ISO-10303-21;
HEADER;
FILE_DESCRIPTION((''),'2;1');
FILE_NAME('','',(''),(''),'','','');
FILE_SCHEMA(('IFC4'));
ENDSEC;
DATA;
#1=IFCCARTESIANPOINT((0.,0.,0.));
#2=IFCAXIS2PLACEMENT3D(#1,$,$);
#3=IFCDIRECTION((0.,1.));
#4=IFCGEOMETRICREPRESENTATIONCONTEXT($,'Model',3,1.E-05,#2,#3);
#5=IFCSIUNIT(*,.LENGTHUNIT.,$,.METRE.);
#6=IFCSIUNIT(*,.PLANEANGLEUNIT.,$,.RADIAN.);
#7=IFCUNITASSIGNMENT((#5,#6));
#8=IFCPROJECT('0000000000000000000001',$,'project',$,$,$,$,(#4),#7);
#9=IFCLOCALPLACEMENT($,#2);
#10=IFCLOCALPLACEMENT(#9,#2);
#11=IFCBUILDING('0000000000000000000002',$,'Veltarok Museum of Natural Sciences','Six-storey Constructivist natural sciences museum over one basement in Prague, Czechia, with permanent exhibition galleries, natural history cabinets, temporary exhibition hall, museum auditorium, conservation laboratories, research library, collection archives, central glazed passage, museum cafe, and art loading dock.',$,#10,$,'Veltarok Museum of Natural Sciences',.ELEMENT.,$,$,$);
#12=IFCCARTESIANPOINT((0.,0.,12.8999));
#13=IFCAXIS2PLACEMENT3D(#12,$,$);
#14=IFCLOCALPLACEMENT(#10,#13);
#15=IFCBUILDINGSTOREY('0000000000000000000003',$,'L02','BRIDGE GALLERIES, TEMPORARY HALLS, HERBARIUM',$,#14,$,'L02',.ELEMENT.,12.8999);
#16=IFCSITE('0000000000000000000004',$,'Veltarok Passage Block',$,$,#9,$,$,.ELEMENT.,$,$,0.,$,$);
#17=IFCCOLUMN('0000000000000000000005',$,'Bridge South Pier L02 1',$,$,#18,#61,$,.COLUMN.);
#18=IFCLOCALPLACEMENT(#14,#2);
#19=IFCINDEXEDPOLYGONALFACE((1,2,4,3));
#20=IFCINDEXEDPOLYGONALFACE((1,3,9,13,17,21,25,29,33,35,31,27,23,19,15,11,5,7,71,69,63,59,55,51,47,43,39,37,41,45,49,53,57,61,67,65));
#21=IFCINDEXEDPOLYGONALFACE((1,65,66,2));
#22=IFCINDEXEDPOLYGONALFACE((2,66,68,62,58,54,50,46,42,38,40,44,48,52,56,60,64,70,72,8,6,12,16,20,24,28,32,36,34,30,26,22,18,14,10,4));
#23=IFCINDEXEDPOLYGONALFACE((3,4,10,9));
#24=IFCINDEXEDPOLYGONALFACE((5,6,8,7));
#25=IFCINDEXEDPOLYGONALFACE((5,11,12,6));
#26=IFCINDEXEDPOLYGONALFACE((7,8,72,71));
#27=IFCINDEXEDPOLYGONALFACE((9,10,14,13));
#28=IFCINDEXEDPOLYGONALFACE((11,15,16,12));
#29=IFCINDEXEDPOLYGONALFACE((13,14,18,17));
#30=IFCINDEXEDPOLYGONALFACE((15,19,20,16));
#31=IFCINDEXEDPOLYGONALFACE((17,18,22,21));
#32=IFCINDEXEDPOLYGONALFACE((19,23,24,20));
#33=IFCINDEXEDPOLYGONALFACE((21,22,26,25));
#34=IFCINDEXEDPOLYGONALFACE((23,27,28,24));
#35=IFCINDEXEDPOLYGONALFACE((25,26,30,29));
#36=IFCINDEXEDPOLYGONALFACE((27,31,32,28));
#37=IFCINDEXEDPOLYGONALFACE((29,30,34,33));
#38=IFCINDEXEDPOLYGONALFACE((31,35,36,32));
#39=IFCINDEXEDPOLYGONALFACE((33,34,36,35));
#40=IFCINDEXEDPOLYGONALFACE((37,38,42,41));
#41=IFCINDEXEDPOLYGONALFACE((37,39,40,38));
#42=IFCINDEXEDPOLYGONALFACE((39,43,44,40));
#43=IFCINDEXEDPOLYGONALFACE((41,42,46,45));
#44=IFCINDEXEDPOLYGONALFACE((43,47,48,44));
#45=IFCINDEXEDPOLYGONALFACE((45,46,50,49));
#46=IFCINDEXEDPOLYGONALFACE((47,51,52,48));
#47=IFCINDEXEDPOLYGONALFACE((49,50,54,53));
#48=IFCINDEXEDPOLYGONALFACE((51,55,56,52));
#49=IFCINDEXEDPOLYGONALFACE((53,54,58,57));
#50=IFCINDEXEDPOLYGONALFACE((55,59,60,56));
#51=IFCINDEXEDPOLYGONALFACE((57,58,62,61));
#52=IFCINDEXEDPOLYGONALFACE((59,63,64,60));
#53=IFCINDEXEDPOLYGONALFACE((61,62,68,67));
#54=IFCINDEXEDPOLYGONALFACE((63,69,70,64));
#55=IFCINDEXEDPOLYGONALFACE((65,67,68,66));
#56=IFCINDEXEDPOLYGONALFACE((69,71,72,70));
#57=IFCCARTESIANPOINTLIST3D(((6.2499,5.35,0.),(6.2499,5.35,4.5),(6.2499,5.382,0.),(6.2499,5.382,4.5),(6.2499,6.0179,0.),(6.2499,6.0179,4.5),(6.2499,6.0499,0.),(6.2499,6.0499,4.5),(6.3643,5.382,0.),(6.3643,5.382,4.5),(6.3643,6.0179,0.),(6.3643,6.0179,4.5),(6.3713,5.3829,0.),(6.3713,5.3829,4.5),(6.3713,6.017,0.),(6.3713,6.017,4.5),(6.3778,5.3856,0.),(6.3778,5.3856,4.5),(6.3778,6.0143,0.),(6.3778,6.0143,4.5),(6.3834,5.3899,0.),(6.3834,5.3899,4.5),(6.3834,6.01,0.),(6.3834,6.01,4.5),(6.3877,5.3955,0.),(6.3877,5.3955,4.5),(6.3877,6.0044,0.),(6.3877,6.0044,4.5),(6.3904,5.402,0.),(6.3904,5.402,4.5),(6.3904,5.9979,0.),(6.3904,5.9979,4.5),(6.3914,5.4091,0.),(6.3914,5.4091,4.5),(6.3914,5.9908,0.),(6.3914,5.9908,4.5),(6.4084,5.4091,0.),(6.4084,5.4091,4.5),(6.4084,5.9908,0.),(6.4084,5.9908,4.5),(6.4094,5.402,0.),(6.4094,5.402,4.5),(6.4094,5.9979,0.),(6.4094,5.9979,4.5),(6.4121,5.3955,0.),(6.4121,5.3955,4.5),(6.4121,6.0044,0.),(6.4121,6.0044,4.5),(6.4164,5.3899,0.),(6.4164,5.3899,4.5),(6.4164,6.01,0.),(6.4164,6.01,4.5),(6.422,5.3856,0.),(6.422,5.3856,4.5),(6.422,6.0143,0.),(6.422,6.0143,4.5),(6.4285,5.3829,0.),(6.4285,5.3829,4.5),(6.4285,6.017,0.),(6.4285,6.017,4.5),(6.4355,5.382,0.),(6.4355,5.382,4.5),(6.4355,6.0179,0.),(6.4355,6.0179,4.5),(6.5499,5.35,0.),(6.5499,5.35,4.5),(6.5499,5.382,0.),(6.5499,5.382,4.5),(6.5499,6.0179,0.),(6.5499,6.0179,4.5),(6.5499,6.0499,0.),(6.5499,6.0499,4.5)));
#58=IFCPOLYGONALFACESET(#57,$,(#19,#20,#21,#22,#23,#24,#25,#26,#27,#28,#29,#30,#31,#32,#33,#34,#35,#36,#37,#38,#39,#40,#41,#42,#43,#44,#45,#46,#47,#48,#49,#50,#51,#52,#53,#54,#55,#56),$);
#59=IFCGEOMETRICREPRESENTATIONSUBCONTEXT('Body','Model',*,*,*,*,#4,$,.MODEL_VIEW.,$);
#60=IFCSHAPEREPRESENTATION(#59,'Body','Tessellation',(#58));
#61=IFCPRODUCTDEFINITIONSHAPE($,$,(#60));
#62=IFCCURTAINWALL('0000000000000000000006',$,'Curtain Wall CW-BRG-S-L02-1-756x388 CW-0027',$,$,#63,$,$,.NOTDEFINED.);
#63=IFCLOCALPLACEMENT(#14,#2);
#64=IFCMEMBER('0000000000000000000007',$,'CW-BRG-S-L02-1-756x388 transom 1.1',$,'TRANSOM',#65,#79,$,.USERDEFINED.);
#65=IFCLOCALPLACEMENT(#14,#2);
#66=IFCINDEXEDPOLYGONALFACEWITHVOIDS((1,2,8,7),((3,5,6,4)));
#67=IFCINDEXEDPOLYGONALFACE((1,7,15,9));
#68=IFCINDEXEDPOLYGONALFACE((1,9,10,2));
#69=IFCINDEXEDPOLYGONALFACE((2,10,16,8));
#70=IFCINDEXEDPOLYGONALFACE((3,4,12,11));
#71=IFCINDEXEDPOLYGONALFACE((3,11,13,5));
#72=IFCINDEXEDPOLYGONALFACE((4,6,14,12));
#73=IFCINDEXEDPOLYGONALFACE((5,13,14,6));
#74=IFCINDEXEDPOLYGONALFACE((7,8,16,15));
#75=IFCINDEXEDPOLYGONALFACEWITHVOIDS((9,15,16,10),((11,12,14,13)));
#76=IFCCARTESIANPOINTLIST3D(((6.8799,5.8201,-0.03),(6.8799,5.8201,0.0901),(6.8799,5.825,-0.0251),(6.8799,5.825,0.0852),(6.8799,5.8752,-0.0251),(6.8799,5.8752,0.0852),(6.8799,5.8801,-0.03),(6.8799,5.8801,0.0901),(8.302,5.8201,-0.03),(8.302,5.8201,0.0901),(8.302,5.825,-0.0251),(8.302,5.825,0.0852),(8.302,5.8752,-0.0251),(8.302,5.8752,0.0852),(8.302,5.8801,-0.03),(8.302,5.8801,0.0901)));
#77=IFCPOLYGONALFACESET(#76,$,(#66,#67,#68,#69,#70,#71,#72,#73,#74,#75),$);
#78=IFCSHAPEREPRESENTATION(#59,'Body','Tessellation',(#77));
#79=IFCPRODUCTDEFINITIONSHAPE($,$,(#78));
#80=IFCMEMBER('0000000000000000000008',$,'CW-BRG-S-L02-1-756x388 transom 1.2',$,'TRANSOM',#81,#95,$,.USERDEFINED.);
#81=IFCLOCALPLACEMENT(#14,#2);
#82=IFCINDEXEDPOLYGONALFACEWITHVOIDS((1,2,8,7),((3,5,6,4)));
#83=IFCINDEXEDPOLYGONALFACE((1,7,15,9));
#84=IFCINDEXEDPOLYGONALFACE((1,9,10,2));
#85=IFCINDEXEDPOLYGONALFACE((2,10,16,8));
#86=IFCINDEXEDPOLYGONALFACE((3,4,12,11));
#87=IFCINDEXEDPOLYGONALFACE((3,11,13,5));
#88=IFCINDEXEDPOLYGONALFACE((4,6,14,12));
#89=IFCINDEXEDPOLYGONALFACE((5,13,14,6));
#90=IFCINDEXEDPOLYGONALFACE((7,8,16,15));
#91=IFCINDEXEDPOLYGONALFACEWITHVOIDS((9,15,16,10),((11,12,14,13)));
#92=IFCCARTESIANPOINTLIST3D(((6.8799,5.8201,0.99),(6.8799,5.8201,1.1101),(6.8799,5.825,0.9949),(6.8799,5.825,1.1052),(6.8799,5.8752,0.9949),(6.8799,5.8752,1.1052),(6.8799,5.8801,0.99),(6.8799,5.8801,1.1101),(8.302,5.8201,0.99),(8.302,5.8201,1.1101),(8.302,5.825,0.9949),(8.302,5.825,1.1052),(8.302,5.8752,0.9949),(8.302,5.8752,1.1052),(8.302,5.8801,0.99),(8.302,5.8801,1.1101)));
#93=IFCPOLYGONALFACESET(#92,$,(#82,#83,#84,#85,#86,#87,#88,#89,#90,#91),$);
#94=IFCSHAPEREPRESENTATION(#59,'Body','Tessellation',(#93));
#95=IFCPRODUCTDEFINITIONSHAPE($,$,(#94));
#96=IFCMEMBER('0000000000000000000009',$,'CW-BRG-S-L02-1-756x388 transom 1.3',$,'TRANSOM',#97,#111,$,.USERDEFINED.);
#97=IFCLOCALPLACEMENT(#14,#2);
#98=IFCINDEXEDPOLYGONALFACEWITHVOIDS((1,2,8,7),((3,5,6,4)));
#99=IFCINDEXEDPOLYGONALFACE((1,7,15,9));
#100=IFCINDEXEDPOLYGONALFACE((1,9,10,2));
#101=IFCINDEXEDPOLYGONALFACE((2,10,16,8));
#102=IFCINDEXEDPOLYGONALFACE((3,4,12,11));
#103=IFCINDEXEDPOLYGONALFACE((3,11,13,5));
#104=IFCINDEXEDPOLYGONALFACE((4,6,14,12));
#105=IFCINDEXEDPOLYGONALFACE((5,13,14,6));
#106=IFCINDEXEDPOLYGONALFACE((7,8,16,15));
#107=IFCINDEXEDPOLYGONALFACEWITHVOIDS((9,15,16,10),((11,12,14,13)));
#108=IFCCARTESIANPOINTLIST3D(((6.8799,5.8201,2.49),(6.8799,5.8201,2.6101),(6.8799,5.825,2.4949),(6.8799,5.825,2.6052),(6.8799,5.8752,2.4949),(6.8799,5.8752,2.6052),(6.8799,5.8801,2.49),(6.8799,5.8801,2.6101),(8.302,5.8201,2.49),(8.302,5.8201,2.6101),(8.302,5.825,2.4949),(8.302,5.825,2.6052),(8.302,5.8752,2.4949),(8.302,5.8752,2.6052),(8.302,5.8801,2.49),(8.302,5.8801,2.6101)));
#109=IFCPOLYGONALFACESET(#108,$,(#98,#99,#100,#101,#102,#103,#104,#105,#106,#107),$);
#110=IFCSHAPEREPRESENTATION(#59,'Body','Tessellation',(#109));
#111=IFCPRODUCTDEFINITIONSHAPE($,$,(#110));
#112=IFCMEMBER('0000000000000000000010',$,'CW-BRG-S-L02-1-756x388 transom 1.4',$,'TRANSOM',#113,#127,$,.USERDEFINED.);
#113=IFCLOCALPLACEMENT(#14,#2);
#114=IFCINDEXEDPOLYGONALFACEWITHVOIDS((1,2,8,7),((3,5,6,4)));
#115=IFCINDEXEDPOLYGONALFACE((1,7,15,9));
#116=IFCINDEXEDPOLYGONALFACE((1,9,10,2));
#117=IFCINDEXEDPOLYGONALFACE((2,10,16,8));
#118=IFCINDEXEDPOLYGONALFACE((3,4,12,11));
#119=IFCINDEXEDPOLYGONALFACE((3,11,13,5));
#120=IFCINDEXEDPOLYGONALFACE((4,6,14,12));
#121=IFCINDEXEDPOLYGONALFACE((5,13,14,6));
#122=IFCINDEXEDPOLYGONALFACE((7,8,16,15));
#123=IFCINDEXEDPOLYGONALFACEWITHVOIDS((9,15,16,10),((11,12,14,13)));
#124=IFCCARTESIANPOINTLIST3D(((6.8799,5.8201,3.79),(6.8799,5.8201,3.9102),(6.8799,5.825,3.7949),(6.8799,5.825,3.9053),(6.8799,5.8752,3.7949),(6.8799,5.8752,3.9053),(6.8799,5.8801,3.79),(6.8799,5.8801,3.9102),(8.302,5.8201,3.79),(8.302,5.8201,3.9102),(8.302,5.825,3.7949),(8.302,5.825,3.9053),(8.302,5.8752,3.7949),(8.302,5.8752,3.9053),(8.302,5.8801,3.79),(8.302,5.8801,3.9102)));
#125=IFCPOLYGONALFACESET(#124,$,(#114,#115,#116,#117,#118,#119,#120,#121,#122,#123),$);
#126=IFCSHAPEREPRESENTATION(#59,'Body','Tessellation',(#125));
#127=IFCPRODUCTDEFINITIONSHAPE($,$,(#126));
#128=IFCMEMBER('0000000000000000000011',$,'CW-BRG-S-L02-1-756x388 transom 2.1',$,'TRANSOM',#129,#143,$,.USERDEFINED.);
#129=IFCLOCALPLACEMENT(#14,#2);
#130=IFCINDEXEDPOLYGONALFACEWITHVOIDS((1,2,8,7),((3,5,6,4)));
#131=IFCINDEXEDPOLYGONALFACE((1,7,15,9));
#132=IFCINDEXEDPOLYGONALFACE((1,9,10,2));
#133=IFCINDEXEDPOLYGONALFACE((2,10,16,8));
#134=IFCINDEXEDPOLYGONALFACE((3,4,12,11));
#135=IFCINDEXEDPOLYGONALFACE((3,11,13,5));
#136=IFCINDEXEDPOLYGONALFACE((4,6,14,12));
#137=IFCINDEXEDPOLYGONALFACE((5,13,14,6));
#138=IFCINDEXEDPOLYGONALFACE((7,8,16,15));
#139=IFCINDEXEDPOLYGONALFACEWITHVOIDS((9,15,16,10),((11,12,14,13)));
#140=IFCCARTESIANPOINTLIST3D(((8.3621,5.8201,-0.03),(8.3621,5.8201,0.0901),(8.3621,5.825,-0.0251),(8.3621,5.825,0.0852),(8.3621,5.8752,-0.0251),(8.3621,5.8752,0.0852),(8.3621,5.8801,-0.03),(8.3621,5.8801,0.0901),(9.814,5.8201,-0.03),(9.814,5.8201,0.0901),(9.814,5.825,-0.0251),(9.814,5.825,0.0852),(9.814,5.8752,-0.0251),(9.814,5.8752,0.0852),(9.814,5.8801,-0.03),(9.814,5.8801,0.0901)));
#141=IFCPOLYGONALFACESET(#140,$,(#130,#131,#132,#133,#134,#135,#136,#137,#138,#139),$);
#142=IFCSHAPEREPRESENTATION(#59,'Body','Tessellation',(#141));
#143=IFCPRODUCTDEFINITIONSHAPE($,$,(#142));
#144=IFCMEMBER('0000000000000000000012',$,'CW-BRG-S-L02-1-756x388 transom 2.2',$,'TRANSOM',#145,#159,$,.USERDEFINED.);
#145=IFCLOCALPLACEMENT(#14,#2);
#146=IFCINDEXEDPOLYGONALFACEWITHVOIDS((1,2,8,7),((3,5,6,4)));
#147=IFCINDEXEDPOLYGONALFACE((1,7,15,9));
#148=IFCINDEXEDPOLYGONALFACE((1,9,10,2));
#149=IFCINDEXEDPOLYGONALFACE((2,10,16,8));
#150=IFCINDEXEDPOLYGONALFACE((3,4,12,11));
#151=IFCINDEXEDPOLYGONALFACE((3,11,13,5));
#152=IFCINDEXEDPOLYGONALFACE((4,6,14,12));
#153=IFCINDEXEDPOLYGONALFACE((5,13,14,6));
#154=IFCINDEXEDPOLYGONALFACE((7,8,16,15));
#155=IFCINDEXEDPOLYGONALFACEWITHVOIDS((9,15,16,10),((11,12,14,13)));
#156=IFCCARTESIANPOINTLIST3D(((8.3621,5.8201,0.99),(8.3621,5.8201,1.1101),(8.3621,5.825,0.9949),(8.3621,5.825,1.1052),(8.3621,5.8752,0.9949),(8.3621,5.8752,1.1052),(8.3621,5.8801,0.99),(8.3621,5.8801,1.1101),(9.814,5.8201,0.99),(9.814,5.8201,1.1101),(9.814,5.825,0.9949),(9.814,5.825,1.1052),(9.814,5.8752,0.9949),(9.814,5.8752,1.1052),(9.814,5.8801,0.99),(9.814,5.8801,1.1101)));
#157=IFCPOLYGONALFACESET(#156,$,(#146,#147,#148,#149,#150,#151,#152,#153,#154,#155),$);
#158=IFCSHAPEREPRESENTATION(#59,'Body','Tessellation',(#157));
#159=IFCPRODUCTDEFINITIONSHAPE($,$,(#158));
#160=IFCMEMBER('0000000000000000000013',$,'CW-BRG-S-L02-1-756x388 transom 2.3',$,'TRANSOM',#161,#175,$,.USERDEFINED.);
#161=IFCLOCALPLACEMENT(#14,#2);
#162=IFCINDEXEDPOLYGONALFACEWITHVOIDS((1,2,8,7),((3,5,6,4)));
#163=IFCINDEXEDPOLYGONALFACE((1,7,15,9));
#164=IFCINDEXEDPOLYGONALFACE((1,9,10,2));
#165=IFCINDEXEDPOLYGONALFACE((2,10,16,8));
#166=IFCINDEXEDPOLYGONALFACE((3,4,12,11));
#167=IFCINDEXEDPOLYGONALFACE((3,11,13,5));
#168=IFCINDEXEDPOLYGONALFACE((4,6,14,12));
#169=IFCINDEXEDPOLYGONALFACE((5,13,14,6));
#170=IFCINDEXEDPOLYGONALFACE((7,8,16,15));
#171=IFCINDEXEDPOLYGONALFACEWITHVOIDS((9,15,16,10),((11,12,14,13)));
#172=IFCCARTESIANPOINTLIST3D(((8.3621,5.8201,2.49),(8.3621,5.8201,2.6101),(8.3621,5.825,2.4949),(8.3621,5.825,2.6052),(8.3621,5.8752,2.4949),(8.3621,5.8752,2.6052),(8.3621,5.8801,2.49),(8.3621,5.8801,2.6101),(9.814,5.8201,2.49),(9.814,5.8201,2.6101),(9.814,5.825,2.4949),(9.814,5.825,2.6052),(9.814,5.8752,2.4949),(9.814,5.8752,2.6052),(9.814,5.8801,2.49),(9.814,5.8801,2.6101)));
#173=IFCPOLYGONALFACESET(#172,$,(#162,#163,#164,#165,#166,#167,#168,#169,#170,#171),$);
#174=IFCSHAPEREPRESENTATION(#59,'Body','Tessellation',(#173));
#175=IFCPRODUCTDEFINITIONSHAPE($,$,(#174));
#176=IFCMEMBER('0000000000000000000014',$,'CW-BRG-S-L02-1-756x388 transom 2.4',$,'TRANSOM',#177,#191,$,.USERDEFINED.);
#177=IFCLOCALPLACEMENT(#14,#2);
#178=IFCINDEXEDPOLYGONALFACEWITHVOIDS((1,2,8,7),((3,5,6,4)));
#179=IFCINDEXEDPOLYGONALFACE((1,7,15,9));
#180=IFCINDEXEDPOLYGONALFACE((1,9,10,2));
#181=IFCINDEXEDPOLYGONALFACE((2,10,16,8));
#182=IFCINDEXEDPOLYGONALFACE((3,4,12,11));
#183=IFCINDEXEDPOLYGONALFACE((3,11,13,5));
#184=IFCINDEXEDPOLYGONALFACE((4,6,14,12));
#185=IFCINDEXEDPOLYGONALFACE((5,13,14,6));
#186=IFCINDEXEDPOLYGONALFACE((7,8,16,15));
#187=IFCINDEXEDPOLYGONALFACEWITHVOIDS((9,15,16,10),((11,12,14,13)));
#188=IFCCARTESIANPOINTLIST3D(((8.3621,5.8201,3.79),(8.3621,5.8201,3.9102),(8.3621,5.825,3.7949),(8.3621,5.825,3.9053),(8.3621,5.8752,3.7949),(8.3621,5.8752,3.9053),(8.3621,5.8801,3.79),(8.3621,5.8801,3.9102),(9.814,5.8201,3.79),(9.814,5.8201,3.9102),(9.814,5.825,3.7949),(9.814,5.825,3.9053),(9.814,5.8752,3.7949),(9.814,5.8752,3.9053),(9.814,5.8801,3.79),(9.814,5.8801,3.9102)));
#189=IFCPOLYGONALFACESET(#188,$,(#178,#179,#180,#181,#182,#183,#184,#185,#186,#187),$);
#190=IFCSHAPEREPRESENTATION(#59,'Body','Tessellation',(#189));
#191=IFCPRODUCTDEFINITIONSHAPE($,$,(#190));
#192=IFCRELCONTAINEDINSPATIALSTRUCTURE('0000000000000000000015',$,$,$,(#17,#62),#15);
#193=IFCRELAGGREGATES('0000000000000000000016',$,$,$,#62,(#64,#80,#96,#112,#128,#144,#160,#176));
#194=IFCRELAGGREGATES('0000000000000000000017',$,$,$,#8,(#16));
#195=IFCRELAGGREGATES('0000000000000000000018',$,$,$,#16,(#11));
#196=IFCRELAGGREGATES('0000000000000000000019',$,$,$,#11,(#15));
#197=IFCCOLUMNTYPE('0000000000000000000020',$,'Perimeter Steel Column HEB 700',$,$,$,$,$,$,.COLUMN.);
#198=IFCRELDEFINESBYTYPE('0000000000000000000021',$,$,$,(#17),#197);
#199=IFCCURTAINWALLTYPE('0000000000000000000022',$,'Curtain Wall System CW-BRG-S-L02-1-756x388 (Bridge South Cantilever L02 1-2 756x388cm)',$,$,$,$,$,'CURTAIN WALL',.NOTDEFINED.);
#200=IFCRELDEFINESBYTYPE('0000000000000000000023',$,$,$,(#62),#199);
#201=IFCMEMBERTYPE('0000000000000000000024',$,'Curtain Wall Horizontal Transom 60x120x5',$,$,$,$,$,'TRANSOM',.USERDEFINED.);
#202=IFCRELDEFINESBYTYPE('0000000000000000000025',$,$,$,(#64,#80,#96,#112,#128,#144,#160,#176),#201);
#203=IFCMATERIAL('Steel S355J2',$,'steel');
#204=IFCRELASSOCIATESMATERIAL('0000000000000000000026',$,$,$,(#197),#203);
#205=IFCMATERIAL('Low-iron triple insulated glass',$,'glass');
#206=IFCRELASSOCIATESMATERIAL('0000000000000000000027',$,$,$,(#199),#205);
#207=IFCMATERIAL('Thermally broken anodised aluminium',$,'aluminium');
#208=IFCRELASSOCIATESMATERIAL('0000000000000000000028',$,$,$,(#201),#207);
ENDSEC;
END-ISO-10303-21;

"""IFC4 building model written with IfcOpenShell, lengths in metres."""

from ifc_helpers import new_model, si_unit, direction, frame, origin, origin_2d, place, context, subcontext, project, spatial, hollow_rectangle, i_section, extrude, material, material_profile, profile_set, type_object, element, aggregate, save


model = new_model("IFC4")

# Units and contexts
model_context = context("Model", 3, precision=1e-05, world=origin(), true_north=direction((0.0, 1.0)))
body_context = subcontext(model_context, "Body", "Model", "MODEL_VIEW")
ifc_project = project(units=[si_unit("LENGTHUNIT", "METRE"), si_unit("PLANEANGLEUNIT", "RADIAN")], contexts=[model_context])

# Site, building, storey
site_placement = place(None, origin())
site = spatial("IfcSite", under=ifc_project, at=site_placement, Name="Veltarok Passage Block", CompositionType="ELEMENT", RefElevation=0.0)
building_placement = place(site_placement, origin())
building = spatial("IfcBuilding", under=site, at=building_placement, Name="Veltarok Museum of Natural Sciences", Description="Six-storey Constructivist natural sciences museum over one basement in Prague, Czechia, with permanent exhibition galleries, natural history cabinets, temporary exhibition hall, museum auditorium, conservation laboratories, research library, collection archives, central glazed passage, museum cafe, and art loading dock.", LongName="Veltarok Museum of Natural Sciences", CompositionType="ELEMENT")
storey_placement = place(building_placement, frame((0.0, 0.0, 12.8999)))
storey = spatial("IfcBuildingStorey", under=building, at=storey_placement, Name="L02", Description="BRIDGE GALLERIES, TEMPORARY HALLS, HERBARIUM", LongName="L02", CompositionType="ELEMENT", Elevation=12.8999)

# Column
ifc_material_1 = material(Name="Steel S355J2", Category="steel")
ifc_material_profile_1 = material_profile(ifc_material_1, i_section(OverallWidth=0.3, OverallDepth=0.7, WebThickness=0.0171, FlangeThickness=0.032, FilletRadius=0.0271, at=origin_2d()), Name="HEB 700")
ifc_profile_set_1 = profile_set([ifc_material_profile_1], Name="Steel S355J2")
column_type = type_object("IfcColumnType", Name="Perimeter Steel Column HEB 700", PredefinedType="COLUMN", material=ifc_profile_set_1)
column_placement = place(storey_placement, frame((6.3999, 5.7, 0.0), z_axis=(0.0, 0.0, 1.0), x_axis=(1.0, 0.0, 0.0)))
element("IfcColumn", 1, at=column_placement, inside=storey, type_object=column_type, Name="Bridge South Pier L02 1", PredefinedType="COLUMN", context=body_context, shape_type="SweptSolid", body=[
    extrude(i_section(OverallWidth=0.3, OverallDepth=0.7, WebThickness=0.0171, FlangeThickness=0.032, FilletRadius=0.0271, at=origin_2d()), origin(), (0.0, 0.0, 1.0), 4.5),
])

# Curtain wall, members
ifc_material_2 = material(Name="Low-iron triple insulated glass", Category="glass")
curtain_wall_type = type_object("IfcCurtainWallType", Name="Curtain Wall System CW-BRG-S-L02-1-756x388 (Bridge South Cantilever L02 1-2 756x388cm)", ElementType="CURTAIN WALL", PredefinedType="NOTDEFINED", material=ifc_material_2)
curtain_wall_placement = place(storey_placement, origin())
curtain_wall = element("IfcCurtainWall", 2, at=curtain_wall_placement, inside=storey, type_object=curtain_wall_type, Name="Curtain Wall CW-BRG-S-L02-1-756x388 CW-0027", PredefinedType="NOTDEFINED")
ifc_material_3 = material(Name="Thermally broken anodised aluminium", Category="aluminium")
ifc_material_profile_2 = material_profile(ifc_material_3, hollow_rectangle(XDim=0.0601, YDim=0.1201, WallThickness=0.0049, at=origin_2d()), Name="CW TRANSOM 60x120x5")
ifc_profile_set_2 = profile_set([ifc_material_profile_2], Name="Thermally broken anodised aluminium")
member_type_1 = type_object("IfcMemberType", Name="Curtain Wall Horizontal Transom 60x120x5", ElementType="TRANSOM", PredefinedType="USERDEFINED", material=ifc_profile_set_2)
member_1_placement = place(storey_placement, frame((6.8799, 5.8501, 0.03), z_axis=(1.0, 0.0, 0.0), x_axis=(0.0, 1.0, 0.0)))
member_1 = element("IfcMember", 3, at=member_1_placement, type_object=member_type_1, Name="CW-BRG-S-L02-1-756x388 transom 1.1", ObjectType="TRANSOM", PredefinedType="USERDEFINED", context=body_context, shape_type="SweptSolid", body=[
    extrude(hollow_rectangle(XDim=0.0601, YDim=0.1201, WallThickness=0.0049, at=origin_2d()), origin(), (0.0, 0.0, 1.0), 1.4221),
])
member_2_placement = place(storey_placement, frame((6.8799, 5.8501, 1.05), z_axis=(1.0, 0.0, 0.0), x_axis=(0.0, 1.0, 0.0)))
member_2 = element("IfcMember", 4, at=member_2_placement, type_object=member_type_1, Name="CW-BRG-S-L02-1-756x388 transom 1.2", ObjectType="TRANSOM", PredefinedType="USERDEFINED", context=body_context, shape_type="SweptSolid", body=[
    extrude(hollow_rectangle(XDim=0.0601, YDim=0.1201, WallThickness=0.0049, at=origin_2d()), origin(), (0.0, 0.0, 1.0), 1.4221),
])
member_3_placement = place(storey_placement, frame((6.8799, 5.8501, 2.55), z_axis=(1.0, 0.0, 0.0), x_axis=(0.0, 1.0, 0.0)))
member_3 = element("IfcMember", 5, at=member_3_placement, type_object=member_type_1, Name="CW-BRG-S-L02-1-756x388 transom 1.3", ObjectType="TRANSOM", PredefinedType="USERDEFINED", context=body_context, shape_type="SweptSolid", body=[
    extrude(hollow_rectangle(XDim=0.0601, YDim=0.1201, WallThickness=0.0049, at=origin_2d()), origin(), (0.0, 0.0, 1.0), 1.4221),
])
member_4_placement = place(storey_placement, frame((6.8799, 5.8501, 3.8501), z_axis=(1.0, 0.0, 0.0), x_axis=(0.0, 1.0, 0.0)))
member_4 = element("IfcMember", 6, at=member_4_placement, type_object=member_type_1, Name="CW-BRG-S-L02-1-756x388 transom 1.4", ObjectType="TRANSOM", PredefinedType="USERDEFINED", context=body_context, shape_type="SweptSolid", body=[
    extrude(hollow_rectangle(XDim=0.0601, YDim=0.1201, WallThickness=0.0049, at=origin_2d()), origin(), (0.0, 0.0, 1.0), 1.4221),
])
member_5_placement = place(storey_placement, frame((8.3621, 5.8501, 0.03), z_axis=(1.0, 0.0, 0.0), x_axis=(0.0, 1.0, 0.0)))
member_5 = element("IfcMember", 7, at=member_5_placement, type_object=member_type_1, Name="CW-BRG-S-L02-1-756x388 transom 2.1", ObjectType="TRANSOM", PredefinedType="USERDEFINED", context=body_context, shape_type="SweptSolid", body=[
    extrude(hollow_rectangle(XDim=0.0601, YDim=0.1201, WallThickness=0.0049, at=origin_2d()), origin(), (0.0, 0.0, 1.0), 1.4519),
])
member_6_placement = place(storey_placement, frame((8.3621, 5.8501, 1.05), z_axis=(1.0, 0.0, 0.0), x_axis=(0.0, 1.0, 0.0)))
member_6 = element("IfcMember", 8, at=member_6_placement, type_object=member_type_1, Name="CW-BRG-S-L02-1-756x388 transom 2.2", ObjectType="TRANSOM", PredefinedType="USERDEFINED", context=body_context, shape_type="SweptSolid", body=[
    extrude(hollow_rectangle(XDim=0.0601, YDim=0.1201, WallThickness=0.0049, at=origin_2d()), origin(), (0.0, 0.0, 1.0), 1.4519),
])
member_7_placement = place(storey_placement, frame((8.3621, 5.8501, 2.55), z_axis=(1.0, 0.0, 0.0), x_axis=(0.0, 1.0, 0.0)))
member_7 = element("IfcMember", 9, at=member_7_placement, type_object=member_type_1, Name="CW-BRG-S-L02-1-756x388 transom 2.3", ObjectType="TRANSOM", PredefinedType="USERDEFINED", context=body_context, shape_type="SweptSolid", body=[
    extrude(hollow_rectangle(XDim=0.0601, YDim=0.1201, WallThickness=0.0049, at=origin_2d()), origin(), (0.0, 0.0, 1.0), 1.4519),
])
member_8_placement = place(storey_placement, frame((8.3621, 5.8501, 3.8501), z_axis=(1.0, 0.0, 0.0), x_axis=(0.0, 1.0, 0.0)))
member_8 = element("IfcMember", 10, at=member_8_placement, type_object=member_type_1, Name="CW-BRG-S-L02-1-756x388 transom 2.4", ObjectType="TRANSOM", PredefinedType="USERDEFINED", context=body_context, shape_type="SweptSolid", body=[
    extrude(hollow_rectangle(XDim=0.0601, YDim=0.1201, WallThickness=0.0049, at=origin_2d()), origin(), (0.0, 0.0, 1.0), 1.4519),
])

aggregate(curtain_wall, [member_1, member_2, member_3, member_4, member_5, member_6, member_7, member_8])

save(model, "model.ifc")
